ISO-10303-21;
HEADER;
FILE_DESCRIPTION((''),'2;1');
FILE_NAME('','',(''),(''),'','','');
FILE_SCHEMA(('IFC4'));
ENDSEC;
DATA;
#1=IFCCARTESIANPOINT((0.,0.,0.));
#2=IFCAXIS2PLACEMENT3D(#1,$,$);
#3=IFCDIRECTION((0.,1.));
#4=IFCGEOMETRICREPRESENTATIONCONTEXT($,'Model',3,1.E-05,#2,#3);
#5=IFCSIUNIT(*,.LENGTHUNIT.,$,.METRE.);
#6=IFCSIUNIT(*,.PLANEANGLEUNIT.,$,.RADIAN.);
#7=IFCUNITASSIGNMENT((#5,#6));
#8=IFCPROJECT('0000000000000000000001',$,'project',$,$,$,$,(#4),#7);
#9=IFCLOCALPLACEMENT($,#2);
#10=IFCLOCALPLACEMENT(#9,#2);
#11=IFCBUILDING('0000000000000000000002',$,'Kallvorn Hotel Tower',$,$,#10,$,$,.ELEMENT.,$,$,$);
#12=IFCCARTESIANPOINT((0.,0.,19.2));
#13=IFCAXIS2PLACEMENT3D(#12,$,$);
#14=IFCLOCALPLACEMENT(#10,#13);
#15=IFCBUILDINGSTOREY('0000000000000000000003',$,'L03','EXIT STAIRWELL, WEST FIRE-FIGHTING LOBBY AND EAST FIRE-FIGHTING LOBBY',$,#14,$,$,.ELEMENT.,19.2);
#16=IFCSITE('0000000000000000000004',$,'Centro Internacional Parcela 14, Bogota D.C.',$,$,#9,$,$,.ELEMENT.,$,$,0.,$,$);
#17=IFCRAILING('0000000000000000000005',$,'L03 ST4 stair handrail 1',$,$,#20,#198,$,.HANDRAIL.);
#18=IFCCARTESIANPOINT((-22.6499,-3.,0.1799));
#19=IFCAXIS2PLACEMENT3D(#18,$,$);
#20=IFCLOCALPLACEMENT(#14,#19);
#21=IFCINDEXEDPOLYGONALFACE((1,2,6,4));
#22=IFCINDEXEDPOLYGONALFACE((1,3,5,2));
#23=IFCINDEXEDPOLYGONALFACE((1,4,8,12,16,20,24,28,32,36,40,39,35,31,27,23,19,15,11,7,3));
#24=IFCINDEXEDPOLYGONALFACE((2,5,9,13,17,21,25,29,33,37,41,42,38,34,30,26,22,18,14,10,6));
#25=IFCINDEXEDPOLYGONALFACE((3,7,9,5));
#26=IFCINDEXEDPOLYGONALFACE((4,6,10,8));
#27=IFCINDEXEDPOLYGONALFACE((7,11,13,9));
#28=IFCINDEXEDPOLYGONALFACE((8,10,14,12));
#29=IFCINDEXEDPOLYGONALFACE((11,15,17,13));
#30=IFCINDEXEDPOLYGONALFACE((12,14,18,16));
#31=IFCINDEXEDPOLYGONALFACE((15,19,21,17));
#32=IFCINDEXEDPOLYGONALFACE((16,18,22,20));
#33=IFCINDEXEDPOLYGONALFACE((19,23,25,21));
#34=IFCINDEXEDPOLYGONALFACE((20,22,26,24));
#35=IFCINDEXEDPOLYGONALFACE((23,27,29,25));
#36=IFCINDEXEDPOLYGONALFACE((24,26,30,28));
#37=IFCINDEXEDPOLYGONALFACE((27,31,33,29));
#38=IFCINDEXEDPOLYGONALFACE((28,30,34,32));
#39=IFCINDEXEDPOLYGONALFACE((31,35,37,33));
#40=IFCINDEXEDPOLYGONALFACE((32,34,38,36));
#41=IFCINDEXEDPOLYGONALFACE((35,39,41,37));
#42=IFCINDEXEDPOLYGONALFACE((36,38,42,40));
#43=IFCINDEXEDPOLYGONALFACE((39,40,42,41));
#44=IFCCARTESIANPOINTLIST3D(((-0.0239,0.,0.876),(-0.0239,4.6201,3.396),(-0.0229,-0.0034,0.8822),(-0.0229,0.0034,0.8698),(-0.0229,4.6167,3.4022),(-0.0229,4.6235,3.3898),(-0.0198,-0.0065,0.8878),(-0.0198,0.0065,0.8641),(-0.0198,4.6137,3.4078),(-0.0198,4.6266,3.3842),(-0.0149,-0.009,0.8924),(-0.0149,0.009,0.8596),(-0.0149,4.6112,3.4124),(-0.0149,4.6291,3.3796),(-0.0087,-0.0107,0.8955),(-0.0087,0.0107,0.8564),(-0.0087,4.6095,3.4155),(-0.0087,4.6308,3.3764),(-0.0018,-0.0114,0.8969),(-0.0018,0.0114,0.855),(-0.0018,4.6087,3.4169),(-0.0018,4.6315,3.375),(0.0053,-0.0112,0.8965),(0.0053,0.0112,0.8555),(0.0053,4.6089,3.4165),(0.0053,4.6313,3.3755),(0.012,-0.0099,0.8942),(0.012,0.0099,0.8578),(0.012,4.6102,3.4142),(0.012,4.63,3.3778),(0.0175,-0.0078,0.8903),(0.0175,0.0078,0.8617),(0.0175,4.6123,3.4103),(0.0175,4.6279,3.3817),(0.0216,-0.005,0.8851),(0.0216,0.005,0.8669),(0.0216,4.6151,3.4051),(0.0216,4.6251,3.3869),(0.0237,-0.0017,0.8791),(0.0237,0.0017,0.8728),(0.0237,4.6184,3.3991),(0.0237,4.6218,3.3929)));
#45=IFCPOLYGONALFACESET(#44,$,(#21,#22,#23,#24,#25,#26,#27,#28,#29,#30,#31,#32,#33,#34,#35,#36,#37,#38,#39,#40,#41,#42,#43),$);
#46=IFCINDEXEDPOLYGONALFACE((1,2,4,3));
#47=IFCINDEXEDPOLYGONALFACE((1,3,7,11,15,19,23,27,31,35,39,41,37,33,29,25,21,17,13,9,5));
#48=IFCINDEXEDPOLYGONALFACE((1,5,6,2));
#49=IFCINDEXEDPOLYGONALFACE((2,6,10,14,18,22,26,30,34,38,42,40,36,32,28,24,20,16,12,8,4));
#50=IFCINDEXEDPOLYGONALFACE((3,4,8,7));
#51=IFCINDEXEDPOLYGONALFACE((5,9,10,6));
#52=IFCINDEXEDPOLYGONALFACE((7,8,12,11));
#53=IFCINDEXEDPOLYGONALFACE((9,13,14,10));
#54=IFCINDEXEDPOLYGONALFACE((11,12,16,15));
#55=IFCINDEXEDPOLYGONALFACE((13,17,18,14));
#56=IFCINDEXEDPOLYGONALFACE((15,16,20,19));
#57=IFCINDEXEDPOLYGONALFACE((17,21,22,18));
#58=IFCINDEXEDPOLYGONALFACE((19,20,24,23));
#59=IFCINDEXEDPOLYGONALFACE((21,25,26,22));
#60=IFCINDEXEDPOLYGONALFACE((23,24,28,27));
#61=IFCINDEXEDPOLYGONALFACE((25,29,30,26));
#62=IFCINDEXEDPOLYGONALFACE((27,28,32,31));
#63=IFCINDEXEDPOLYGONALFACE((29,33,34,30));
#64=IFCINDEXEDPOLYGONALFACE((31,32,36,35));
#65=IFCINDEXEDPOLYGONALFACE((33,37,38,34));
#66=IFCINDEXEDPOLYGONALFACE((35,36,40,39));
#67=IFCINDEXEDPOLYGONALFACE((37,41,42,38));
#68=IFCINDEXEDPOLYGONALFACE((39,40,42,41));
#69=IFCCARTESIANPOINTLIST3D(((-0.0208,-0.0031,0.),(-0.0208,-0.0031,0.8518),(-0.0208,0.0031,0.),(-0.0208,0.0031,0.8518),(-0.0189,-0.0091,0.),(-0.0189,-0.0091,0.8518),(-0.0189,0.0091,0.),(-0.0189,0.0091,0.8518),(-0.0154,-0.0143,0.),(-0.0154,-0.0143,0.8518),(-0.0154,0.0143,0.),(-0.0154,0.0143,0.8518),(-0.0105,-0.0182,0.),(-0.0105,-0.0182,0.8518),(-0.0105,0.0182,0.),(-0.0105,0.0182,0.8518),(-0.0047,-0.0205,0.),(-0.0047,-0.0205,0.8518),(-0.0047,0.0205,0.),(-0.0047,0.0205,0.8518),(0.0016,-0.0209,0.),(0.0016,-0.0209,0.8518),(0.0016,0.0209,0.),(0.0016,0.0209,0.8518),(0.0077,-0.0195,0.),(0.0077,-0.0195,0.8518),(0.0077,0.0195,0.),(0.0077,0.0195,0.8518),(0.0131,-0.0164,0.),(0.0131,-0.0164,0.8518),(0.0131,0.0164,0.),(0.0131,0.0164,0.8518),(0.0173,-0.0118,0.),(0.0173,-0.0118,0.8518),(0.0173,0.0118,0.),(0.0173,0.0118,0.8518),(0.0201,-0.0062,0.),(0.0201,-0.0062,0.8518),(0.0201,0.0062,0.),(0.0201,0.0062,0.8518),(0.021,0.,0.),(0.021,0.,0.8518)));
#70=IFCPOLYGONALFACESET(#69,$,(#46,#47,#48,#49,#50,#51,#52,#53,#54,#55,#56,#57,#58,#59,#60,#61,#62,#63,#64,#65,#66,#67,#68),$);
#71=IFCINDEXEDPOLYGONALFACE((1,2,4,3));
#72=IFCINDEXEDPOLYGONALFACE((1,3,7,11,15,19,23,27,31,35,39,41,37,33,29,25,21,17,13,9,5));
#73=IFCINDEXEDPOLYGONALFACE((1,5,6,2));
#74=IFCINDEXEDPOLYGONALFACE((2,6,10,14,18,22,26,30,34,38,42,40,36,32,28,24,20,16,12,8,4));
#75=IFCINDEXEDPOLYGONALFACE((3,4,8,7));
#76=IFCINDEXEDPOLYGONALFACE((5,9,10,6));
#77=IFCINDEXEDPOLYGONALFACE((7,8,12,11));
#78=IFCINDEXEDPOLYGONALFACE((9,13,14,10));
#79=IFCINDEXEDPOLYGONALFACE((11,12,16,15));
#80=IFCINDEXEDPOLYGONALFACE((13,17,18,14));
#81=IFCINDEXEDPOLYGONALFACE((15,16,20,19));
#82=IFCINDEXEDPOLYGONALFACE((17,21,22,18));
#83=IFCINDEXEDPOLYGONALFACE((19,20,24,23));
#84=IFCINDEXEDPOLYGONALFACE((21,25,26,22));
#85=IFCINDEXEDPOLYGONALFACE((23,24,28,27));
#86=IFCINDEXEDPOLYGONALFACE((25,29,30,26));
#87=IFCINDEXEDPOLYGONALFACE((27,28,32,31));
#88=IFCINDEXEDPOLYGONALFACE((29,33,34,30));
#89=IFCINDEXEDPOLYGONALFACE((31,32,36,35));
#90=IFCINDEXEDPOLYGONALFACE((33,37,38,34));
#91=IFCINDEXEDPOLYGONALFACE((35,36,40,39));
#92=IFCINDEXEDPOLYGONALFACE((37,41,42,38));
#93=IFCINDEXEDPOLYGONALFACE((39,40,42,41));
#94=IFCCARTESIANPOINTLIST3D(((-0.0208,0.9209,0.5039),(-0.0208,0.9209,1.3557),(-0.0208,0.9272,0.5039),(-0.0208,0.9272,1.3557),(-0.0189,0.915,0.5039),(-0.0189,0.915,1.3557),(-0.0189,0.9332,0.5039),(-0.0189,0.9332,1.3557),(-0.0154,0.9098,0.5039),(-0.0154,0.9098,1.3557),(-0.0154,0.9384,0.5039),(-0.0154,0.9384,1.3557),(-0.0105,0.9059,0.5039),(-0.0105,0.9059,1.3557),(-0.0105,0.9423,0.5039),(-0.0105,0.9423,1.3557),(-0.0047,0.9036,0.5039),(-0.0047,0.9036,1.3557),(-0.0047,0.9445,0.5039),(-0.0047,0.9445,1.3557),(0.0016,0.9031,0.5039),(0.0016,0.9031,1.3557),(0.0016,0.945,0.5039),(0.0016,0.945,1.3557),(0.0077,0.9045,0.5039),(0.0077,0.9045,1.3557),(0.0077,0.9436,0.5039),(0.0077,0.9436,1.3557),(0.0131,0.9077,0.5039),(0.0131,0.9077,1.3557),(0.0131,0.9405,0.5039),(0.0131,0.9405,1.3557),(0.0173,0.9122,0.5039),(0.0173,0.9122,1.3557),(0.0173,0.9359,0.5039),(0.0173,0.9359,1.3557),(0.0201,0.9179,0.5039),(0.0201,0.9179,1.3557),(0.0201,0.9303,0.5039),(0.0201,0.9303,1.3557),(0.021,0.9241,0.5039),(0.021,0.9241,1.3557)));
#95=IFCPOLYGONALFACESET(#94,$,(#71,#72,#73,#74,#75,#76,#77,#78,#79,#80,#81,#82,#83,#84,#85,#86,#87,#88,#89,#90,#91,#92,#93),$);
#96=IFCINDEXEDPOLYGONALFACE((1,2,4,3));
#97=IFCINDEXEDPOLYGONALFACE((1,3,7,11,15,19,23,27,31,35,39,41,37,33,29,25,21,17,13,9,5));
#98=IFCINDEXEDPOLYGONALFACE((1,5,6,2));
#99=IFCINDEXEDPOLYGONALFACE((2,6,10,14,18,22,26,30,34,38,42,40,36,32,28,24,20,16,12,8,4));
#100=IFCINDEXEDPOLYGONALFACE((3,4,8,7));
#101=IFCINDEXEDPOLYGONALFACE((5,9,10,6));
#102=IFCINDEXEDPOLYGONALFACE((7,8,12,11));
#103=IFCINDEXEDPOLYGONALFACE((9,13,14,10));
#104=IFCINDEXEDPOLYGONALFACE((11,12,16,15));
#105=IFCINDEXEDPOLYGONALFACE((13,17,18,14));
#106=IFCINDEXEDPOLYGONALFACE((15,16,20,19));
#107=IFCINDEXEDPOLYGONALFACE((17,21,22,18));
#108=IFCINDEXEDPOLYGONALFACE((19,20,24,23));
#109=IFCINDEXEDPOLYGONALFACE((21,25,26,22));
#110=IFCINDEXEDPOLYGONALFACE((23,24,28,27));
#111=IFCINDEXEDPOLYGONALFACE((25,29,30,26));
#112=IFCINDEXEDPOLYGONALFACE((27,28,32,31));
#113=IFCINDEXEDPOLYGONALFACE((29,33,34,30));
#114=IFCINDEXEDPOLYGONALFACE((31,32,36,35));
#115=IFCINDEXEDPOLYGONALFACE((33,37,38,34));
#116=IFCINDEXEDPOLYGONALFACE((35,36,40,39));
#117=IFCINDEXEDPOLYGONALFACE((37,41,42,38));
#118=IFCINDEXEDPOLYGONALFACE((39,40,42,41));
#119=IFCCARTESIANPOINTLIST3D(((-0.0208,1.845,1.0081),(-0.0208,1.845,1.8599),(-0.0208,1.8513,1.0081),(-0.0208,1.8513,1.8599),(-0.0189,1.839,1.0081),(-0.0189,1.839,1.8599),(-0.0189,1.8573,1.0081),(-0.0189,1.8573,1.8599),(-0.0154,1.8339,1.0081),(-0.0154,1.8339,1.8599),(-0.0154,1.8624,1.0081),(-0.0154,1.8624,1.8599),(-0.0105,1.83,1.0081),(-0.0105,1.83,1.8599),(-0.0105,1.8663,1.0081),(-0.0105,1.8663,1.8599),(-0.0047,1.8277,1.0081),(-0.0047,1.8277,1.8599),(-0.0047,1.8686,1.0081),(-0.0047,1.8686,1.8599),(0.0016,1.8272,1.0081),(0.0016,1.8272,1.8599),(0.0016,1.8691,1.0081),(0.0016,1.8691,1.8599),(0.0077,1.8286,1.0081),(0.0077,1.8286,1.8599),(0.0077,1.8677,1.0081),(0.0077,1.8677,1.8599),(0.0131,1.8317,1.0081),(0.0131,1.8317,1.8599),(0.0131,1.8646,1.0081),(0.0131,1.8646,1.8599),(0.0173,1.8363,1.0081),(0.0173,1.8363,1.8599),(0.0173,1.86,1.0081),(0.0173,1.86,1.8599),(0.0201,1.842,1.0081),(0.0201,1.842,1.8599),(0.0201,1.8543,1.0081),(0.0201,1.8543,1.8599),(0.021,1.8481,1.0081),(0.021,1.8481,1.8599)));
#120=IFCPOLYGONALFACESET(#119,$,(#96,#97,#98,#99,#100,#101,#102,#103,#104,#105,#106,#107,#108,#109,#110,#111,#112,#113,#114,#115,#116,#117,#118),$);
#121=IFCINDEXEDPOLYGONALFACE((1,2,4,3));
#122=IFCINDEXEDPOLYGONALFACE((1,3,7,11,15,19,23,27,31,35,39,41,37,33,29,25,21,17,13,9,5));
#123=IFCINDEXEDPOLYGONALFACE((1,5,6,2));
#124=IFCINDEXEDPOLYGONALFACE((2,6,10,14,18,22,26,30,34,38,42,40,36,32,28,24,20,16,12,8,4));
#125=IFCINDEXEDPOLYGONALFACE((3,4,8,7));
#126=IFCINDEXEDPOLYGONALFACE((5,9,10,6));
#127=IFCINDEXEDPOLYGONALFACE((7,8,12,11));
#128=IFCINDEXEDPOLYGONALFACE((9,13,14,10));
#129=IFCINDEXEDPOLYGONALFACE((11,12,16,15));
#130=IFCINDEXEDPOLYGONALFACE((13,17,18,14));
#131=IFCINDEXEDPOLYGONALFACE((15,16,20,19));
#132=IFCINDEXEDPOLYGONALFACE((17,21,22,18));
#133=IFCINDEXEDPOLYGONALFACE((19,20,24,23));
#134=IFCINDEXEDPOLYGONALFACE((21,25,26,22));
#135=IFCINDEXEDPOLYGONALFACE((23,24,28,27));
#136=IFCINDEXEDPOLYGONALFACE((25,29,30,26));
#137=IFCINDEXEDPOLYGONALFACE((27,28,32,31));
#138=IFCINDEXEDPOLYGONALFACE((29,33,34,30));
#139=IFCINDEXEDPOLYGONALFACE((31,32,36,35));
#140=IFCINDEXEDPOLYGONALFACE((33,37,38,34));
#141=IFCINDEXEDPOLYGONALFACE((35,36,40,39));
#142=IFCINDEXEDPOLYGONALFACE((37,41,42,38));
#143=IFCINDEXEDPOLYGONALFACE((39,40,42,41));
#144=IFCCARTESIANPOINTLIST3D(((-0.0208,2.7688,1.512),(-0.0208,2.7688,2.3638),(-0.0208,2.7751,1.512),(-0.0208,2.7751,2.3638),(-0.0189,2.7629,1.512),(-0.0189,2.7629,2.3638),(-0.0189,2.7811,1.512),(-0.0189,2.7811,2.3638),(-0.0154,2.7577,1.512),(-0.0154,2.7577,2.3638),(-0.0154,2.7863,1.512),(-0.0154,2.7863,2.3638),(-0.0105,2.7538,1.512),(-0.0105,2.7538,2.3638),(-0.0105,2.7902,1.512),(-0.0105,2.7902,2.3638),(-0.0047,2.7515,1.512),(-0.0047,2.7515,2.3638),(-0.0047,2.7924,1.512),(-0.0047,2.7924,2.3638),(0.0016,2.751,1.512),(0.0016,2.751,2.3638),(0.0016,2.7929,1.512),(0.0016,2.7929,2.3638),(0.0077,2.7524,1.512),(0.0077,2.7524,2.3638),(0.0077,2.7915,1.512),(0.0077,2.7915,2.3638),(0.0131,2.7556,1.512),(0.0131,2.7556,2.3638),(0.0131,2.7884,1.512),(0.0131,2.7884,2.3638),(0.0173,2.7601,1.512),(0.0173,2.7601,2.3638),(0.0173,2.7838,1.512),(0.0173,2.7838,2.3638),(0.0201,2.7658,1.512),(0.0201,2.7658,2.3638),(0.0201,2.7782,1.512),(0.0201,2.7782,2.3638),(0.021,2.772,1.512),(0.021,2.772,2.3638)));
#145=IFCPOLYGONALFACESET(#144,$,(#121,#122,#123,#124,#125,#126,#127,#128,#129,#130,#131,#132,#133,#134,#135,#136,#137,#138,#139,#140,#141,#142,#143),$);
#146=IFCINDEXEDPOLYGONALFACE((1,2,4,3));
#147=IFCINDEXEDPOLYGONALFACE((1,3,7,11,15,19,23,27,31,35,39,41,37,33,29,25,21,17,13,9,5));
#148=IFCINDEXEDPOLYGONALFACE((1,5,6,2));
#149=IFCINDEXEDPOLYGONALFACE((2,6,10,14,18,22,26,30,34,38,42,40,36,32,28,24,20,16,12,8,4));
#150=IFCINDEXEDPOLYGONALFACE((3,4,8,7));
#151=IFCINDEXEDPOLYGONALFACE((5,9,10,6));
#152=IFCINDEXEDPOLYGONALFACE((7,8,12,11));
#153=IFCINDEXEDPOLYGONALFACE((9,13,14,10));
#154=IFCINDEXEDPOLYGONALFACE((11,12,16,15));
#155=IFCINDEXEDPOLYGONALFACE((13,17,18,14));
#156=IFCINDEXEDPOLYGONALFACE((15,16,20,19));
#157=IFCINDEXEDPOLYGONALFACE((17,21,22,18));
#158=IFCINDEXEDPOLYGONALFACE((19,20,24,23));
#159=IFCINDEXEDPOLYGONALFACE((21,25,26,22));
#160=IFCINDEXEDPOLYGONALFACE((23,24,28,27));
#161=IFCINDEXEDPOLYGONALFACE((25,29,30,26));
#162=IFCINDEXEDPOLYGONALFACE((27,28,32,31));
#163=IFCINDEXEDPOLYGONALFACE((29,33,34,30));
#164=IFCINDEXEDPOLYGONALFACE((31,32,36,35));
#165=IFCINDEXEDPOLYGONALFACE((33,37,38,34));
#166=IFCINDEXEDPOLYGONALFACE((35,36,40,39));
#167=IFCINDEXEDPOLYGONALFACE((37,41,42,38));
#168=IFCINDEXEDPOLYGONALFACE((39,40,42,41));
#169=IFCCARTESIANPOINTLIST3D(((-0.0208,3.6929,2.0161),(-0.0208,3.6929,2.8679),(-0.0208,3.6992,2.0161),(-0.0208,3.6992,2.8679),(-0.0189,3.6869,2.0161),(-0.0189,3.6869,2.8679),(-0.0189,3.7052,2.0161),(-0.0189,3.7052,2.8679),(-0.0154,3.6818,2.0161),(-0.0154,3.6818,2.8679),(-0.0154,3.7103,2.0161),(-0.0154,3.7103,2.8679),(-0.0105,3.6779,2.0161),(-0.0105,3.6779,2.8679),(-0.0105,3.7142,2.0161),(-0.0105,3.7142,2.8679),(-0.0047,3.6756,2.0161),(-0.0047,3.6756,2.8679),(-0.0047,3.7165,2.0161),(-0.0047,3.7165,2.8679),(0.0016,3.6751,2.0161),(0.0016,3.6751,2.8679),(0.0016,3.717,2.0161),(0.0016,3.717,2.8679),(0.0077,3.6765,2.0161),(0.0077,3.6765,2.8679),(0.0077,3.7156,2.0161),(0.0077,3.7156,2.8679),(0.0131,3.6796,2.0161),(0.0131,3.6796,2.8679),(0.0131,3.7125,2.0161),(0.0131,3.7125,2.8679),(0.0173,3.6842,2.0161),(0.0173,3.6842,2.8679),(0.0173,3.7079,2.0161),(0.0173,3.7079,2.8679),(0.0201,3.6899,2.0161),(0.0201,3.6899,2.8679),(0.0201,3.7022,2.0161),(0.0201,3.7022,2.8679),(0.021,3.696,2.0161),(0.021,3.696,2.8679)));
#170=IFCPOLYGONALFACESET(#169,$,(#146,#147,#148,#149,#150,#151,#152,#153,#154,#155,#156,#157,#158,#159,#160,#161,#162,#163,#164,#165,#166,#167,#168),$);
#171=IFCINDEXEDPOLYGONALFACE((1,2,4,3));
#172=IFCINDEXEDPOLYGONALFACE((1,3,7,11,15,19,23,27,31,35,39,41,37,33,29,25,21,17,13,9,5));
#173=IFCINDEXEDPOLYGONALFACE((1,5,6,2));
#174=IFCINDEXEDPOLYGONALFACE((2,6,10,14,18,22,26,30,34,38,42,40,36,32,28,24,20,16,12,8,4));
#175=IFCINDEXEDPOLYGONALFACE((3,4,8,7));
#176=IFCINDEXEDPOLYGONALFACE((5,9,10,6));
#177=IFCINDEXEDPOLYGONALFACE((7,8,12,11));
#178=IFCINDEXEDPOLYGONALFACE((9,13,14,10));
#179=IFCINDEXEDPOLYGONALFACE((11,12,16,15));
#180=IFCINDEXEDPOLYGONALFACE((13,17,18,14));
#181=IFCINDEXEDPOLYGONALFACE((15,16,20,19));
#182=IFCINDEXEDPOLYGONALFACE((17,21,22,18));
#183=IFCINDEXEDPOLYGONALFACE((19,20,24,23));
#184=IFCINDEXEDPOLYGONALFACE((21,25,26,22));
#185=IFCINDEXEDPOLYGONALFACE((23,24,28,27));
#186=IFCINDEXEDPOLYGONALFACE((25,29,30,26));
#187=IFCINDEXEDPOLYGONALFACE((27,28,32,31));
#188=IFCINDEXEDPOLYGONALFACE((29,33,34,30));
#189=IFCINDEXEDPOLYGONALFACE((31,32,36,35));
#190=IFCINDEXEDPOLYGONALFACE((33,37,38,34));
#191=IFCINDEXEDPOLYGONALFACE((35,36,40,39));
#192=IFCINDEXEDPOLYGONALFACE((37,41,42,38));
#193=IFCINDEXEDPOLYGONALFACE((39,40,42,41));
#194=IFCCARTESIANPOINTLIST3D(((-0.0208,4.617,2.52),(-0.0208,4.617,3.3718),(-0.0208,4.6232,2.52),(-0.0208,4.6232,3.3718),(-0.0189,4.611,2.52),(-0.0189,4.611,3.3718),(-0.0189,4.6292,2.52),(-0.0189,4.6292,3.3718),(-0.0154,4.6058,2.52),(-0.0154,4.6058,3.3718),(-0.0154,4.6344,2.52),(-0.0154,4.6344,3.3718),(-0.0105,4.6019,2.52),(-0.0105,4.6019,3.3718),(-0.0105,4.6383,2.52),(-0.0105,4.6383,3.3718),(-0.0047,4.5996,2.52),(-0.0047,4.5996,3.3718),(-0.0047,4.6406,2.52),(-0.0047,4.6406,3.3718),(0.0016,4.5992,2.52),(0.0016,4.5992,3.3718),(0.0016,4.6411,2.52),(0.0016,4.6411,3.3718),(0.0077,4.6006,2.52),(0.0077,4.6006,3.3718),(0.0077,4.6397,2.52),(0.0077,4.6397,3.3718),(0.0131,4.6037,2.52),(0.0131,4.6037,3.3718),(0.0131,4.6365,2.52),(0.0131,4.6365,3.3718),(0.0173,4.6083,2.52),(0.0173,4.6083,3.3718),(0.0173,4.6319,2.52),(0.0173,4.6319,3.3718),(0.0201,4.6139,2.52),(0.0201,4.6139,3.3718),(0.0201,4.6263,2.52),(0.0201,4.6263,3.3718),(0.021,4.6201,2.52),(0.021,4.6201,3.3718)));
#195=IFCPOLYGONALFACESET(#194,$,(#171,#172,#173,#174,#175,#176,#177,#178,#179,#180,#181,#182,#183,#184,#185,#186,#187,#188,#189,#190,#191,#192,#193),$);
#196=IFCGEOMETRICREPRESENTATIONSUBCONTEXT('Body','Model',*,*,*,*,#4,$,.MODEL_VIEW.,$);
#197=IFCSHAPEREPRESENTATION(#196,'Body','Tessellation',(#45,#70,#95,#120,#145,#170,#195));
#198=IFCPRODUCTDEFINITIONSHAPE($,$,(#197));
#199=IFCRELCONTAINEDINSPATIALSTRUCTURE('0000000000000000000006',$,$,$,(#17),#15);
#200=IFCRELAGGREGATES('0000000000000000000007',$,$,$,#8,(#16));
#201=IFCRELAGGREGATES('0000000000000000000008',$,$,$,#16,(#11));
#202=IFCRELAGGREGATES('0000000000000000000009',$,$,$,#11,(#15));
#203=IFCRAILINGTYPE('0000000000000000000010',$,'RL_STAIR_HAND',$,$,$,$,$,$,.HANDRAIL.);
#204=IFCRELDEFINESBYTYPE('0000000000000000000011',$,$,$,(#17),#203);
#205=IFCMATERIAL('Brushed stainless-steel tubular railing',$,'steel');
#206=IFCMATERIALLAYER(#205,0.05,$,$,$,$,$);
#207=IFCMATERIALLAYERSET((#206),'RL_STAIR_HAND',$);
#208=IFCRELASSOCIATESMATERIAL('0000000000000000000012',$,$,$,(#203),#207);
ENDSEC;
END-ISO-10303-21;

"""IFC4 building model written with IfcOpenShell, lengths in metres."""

from ifc_helpers import new_model, si_unit, direction, frame, origin, origin_2d, place, context, subcontext, project, spatial, circle, extrude, material, layer, layer_set, type_object, element, save


model = new_model("IFC4")

# Units and contexts
model_context = context("Model", 3, precision=1e-05, world=origin(), true_north=direction((0.0, 1.0)))
body_context = subcontext(model_context, "Body", "Model", "MODEL_VIEW")
ifc_project = project(units=[si_unit("LENGTHUNIT", "METRE"), si_unit("PLANEANGLEUNIT", "RADIAN")], contexts=[model_context])

# Site, building, storey
site_placement = place(None, origin())
site = spatial("IfcSite", under=ifc_project, at=site_placement, Name="Centro Internacional Parcela 14, Bogota D.C.", CompositionType="ELEMENT", RefElevation=0.0)
building_placement = place(site_placement, origin())
building = spatial("IfcBuilding", under=site, at=building_placement, Name="Kallvorn Hotel Tower", CompositionType="ELEMENT")
storey_placement = place(building_placement, frame((0.0, 0.0, 19.2)))
storey = spatial("IfcBuildingStorey", under=building, at=storey_placement, Name="L03", Description="EXIT STAIRWELL, WEST FIRE-FIGHTING LOBBY AND EAST FIRE-FIGHTING LOBBY", CompositionType="ELEMENT", Elevation=19.2)

# Railing
ifc_material_1 = material(Name="Brushed stainless-steel tubular railing", Category="steel")
ifc_layer_1 = layer(ifc_material_1, 0.05)
ifc_layer_set_1 = layer_set([ifc_layer_1], Name="RL_STAIR_HAND")
railing_type_1 = type_object("IfcRailingType", Name="RL_STAIR_HAND", PredefinedType="HANDRAIL", material=ifc_layer_set_1)
railing_1_placement = place(storey_placement, frame((-22.6499, -3.0, 0.1799)))
element("IfcRailing", 1, at=railing_1_placement, inside=storey, type_object=railing_type_1, Name="L03 ST4 stair handrail 1", PredefinedType="HANDRAIL", context=body_context, shape_type="SweptSolid", body=[
    extrude(circle(Radius=0.0239, at=origin_2d()), frame((0.0, 0.0, 0.876), z_axis=(0.0, 0.877899, 0.478846), x_axis=(-1.0, 0.0, 0.0)), (0.0, 0.0, 1.0), 5.2627),
    extrude(circle(Radius=0.021, at=origin_2d()), origin(), (0.0, 0.0, 1.0), 0.8518),
    extrude(circle(Radius=0.021, at=origin_2d()), frame((0.0, 0.9241, 0.5039)), (0.0, 0.0, 1.0), 0.8518),
    extrude(circle(Radius=0.021, at=origin_2d()), frame((0.0, 1.8481, 1.0081)), (0.0, 0.0, 1.0), 0.8518),
    extrude(circle(Radius=0.021, at=origin_2d()), frame((0.0, 2.772, 1.512)), (0.0, 0.0, 1.0), 0.8518),
    extrude(circle(Radius=0.021, at=origin_2d()), frame((0.0, 3.696, 2.0161)), (0.0, 0.0, 1.0), 0.8518),
    extrude(circle(Radius=0.021, at=origin_2d()), frame((0.0, 4.6201, 2.52)), (0.0, 0.0, 1.0), 0.8518),
])

save(model, "model.ifc")
